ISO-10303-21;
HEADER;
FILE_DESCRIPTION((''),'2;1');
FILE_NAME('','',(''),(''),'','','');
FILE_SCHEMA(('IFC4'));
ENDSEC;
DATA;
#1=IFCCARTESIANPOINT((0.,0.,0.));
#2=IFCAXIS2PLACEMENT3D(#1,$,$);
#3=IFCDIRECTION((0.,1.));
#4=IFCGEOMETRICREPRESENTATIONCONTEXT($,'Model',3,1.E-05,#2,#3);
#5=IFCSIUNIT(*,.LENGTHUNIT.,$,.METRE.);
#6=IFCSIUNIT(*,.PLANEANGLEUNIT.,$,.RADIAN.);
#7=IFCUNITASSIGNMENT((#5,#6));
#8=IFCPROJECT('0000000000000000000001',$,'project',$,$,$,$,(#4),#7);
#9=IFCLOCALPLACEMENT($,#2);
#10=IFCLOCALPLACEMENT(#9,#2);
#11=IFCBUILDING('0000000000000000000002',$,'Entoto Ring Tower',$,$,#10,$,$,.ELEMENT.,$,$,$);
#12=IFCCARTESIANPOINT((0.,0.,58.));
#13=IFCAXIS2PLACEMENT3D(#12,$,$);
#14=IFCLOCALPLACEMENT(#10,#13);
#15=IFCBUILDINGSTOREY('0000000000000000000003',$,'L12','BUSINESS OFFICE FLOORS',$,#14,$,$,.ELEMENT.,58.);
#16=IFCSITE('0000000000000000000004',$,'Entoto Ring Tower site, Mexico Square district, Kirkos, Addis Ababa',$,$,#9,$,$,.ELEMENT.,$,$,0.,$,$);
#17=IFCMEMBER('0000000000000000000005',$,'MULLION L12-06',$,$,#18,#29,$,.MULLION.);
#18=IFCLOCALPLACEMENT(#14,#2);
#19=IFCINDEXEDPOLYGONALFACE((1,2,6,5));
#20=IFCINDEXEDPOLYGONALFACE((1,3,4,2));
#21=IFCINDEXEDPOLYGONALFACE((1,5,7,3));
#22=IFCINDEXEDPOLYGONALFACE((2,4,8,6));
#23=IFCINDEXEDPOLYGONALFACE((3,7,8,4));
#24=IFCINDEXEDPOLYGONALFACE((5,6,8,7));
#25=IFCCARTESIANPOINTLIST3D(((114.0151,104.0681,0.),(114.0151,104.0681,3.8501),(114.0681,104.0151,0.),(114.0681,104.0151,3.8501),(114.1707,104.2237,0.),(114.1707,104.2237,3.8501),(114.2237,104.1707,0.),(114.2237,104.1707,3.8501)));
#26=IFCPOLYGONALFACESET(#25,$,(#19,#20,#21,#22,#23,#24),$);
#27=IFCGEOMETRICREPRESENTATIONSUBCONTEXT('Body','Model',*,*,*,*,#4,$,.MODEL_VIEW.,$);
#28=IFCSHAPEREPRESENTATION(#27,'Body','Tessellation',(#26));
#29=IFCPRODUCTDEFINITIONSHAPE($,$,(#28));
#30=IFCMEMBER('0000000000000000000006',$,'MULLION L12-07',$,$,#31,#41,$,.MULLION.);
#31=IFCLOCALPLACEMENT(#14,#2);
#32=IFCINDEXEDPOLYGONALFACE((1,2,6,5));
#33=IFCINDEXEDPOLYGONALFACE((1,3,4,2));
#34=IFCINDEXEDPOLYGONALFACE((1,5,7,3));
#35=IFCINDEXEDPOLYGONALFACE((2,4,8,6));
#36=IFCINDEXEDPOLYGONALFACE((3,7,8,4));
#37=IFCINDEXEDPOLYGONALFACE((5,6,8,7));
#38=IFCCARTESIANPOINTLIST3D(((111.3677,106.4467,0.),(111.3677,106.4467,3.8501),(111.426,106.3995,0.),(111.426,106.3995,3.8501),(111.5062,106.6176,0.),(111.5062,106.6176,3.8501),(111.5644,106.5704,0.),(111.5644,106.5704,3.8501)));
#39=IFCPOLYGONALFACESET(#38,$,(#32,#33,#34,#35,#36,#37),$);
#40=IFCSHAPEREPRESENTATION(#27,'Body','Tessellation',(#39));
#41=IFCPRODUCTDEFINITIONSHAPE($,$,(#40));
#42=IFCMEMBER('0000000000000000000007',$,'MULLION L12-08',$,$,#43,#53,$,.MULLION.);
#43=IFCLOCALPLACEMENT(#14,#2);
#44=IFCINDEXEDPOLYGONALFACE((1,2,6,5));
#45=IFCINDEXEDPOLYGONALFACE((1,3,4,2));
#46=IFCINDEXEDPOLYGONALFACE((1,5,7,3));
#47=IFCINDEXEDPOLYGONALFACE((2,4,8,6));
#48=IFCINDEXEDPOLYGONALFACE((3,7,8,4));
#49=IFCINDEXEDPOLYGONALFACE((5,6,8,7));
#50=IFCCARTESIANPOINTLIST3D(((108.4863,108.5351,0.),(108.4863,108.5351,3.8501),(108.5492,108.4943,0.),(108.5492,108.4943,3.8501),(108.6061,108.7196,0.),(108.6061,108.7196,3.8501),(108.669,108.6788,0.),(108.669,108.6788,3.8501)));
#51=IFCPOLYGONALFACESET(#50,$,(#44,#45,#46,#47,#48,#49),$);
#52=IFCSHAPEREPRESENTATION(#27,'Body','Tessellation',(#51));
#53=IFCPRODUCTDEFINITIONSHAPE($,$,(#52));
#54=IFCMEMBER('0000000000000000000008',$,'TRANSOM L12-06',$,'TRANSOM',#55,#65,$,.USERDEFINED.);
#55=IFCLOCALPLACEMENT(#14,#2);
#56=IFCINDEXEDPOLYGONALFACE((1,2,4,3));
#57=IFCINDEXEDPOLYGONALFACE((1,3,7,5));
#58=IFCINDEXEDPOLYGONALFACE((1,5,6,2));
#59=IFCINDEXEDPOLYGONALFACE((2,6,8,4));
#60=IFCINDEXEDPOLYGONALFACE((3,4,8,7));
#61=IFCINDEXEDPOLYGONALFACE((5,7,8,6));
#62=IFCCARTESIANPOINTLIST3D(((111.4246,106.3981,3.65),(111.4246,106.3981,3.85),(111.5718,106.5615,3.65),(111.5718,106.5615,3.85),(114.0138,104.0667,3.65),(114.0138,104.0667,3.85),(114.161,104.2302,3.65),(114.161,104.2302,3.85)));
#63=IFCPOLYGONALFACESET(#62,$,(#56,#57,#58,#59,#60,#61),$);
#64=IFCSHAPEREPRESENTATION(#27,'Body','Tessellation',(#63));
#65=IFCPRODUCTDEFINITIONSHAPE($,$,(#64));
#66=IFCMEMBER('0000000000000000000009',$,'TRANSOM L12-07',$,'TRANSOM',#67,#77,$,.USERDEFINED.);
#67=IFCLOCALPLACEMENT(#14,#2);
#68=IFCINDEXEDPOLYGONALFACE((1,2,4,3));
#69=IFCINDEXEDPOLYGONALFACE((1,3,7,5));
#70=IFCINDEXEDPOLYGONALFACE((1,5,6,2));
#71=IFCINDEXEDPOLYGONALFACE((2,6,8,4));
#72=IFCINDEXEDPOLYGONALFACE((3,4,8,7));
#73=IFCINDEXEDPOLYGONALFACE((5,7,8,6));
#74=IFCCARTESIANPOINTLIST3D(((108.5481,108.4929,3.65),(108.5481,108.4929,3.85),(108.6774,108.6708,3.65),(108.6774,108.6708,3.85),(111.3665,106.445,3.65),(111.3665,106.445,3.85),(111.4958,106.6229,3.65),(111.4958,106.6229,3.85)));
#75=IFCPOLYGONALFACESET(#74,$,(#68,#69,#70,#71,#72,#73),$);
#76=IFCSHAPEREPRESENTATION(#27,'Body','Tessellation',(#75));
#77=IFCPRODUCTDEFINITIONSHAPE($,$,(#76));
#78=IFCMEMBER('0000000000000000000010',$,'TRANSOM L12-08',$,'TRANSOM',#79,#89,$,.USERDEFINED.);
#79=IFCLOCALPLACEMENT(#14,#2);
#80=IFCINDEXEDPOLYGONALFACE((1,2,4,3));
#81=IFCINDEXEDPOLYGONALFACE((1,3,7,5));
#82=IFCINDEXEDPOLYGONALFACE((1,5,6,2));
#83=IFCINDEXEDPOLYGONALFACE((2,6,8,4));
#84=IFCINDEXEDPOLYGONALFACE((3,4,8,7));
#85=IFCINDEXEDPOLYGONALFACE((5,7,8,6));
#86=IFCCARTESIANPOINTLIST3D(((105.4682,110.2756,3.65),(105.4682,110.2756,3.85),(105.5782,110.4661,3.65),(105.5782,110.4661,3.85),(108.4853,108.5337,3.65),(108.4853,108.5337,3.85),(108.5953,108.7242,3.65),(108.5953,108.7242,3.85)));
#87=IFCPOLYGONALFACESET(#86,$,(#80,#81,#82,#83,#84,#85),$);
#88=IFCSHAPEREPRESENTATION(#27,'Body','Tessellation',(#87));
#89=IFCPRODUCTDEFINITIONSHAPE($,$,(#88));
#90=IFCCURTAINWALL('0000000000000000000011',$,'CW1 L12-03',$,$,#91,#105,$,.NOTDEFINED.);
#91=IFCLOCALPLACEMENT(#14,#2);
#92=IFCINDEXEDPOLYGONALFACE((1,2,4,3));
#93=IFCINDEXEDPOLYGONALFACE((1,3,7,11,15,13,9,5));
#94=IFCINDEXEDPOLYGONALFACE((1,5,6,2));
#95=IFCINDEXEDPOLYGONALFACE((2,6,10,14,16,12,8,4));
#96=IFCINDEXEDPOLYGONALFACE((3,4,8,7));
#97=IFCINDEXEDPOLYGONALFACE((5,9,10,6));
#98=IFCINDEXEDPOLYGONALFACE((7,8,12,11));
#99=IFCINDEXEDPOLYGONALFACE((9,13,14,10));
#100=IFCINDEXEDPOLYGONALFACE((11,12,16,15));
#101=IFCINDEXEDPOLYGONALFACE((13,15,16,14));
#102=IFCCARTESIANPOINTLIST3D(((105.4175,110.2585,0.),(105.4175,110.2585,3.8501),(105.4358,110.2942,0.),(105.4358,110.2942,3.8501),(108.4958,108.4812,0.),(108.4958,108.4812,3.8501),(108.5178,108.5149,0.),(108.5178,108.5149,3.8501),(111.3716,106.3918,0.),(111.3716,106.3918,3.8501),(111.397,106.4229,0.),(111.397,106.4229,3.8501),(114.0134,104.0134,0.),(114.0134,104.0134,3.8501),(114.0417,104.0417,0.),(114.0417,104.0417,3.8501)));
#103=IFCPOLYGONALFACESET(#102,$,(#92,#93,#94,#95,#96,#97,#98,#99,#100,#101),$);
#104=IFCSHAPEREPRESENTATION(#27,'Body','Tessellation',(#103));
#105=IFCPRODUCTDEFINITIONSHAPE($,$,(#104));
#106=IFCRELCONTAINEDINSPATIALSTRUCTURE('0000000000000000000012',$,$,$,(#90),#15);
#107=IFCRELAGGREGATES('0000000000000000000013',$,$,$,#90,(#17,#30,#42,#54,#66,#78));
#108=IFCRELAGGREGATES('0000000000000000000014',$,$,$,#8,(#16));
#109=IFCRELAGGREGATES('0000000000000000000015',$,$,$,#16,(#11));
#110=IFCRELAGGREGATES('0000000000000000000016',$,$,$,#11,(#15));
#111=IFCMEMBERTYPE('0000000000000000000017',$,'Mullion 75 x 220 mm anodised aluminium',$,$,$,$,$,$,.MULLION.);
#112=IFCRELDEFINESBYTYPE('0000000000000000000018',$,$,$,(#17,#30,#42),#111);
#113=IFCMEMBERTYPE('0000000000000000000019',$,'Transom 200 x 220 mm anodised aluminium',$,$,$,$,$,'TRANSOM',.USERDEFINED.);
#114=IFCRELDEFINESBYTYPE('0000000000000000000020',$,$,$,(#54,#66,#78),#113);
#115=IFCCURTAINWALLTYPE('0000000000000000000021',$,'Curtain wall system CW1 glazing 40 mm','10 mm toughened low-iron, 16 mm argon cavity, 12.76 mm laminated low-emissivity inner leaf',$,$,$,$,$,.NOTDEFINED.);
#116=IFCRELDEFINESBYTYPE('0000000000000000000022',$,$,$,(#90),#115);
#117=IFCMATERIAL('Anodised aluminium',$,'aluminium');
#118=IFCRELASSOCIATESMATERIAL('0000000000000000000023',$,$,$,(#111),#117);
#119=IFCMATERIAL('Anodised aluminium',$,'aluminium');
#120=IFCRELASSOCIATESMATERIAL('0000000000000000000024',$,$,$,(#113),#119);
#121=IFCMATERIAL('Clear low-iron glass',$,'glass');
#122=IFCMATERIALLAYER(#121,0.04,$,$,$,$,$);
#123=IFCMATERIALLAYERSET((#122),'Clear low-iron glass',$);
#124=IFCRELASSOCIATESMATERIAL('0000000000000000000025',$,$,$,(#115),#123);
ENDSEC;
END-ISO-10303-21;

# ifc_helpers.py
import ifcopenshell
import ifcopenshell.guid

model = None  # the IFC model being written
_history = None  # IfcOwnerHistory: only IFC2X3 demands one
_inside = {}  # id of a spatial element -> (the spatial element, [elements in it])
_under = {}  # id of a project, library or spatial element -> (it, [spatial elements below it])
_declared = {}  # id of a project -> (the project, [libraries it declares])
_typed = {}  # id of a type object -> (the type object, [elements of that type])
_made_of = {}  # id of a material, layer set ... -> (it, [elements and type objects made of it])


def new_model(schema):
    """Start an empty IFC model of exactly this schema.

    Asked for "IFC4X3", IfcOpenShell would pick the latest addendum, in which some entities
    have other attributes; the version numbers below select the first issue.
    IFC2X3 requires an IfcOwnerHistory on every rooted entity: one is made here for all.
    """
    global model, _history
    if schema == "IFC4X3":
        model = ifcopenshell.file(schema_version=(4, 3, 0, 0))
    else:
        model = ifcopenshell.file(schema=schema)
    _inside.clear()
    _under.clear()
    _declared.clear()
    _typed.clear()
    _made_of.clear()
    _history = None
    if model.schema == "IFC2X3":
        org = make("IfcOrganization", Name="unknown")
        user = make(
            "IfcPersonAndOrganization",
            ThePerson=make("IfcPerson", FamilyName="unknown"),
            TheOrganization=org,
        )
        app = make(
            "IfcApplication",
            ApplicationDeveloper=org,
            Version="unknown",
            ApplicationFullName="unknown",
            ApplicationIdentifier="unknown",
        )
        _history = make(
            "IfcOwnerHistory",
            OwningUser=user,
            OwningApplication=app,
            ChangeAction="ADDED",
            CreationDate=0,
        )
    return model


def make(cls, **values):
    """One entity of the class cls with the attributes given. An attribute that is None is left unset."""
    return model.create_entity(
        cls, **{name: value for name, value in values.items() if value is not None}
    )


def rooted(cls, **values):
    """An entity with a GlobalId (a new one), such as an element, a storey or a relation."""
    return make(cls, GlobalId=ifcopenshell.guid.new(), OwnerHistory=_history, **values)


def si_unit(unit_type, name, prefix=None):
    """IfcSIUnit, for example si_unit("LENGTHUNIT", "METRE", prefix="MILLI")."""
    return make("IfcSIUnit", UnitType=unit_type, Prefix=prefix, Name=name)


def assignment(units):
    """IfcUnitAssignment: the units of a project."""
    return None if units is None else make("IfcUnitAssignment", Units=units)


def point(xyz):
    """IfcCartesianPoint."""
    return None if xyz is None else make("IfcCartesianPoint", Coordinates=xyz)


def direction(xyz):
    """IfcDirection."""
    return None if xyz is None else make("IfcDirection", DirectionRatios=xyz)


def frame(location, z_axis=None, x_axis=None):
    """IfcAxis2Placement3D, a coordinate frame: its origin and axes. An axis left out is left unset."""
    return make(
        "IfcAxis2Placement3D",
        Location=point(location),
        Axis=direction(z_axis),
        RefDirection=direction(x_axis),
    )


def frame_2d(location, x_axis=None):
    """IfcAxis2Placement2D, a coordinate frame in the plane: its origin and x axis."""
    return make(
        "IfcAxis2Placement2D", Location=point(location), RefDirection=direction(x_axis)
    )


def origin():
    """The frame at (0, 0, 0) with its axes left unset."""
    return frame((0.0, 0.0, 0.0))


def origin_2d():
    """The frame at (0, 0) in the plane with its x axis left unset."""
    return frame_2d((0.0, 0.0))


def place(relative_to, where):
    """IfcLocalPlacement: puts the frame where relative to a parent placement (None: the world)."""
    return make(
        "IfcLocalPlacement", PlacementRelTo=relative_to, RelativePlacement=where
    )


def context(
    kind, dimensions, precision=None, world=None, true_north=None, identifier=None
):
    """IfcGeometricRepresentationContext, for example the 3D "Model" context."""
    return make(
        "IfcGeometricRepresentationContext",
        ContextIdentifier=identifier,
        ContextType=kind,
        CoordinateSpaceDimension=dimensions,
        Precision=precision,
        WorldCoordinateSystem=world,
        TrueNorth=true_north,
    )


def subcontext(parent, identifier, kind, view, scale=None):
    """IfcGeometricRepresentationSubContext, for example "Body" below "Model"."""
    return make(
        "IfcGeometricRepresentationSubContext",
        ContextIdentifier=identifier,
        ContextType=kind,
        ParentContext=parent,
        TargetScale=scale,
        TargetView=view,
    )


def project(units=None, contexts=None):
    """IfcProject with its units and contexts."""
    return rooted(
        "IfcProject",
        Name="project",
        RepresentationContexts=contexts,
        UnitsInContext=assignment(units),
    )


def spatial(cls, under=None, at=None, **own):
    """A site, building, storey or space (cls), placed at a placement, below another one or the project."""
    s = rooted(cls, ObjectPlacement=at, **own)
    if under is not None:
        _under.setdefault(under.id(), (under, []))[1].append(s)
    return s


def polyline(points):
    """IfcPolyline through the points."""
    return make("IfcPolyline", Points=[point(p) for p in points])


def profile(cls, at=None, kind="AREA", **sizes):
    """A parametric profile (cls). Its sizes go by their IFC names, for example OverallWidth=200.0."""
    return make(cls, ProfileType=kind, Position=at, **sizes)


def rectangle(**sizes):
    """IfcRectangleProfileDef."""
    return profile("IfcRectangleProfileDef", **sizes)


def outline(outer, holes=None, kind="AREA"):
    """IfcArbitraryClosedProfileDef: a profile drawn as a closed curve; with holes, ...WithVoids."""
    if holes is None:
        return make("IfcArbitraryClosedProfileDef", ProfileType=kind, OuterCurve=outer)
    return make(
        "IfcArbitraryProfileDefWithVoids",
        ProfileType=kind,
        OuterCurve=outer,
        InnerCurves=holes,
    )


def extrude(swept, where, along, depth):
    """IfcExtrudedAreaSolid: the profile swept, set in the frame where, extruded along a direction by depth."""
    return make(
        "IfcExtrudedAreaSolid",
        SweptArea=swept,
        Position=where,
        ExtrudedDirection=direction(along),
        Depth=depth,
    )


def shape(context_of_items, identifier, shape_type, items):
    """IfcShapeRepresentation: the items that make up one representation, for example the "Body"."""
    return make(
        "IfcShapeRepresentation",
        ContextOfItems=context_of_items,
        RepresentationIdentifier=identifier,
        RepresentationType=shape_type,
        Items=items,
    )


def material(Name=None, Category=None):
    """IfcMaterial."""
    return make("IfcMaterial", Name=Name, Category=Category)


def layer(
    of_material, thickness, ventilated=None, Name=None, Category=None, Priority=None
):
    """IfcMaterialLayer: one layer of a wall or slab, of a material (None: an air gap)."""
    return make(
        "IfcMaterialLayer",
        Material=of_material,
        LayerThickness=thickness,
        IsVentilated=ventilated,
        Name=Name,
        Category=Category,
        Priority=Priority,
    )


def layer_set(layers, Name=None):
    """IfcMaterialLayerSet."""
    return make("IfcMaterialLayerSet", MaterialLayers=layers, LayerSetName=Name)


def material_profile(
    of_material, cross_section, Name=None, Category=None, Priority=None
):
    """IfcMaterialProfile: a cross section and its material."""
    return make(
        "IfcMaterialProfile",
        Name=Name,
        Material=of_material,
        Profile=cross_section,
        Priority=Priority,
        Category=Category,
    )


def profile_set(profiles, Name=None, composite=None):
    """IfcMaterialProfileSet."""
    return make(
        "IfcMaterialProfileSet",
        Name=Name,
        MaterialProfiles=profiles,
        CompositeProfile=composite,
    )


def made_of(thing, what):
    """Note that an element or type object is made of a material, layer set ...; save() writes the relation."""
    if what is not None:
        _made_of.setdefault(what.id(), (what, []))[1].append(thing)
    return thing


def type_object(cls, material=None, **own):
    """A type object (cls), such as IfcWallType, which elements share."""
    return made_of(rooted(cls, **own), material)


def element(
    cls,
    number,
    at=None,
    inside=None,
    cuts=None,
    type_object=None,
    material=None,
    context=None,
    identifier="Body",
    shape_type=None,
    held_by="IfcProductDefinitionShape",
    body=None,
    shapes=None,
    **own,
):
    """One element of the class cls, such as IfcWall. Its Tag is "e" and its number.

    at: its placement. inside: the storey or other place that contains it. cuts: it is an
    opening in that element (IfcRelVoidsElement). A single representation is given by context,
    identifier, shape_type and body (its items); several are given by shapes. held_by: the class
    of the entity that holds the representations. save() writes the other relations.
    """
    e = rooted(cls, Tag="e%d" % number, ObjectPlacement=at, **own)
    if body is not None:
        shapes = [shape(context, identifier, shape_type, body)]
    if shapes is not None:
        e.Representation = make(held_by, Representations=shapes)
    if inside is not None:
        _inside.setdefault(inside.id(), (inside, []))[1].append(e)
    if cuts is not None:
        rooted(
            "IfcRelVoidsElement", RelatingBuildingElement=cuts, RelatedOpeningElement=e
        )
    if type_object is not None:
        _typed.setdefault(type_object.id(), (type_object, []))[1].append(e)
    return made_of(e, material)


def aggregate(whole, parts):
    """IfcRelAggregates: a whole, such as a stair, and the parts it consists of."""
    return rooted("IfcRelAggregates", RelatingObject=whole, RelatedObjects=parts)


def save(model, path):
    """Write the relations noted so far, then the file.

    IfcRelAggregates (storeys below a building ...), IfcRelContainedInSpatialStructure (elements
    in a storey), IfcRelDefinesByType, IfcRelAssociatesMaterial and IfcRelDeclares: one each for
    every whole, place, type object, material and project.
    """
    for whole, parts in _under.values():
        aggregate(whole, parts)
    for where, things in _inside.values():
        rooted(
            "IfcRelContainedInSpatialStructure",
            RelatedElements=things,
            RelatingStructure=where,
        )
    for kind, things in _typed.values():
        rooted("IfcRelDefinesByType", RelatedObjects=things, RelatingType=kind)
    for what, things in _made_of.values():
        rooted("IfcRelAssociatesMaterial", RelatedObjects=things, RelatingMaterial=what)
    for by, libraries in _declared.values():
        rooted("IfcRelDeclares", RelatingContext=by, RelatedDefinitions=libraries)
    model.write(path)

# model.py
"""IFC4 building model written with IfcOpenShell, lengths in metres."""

from ifc_helpers import new_model, si_unit, direction, frame, origin, origin_2d, place, context, subcontext, project, spatial, polyline, rectangle, outline, extrude, material, layer, layer_set, material_profile, profile_set, type_object, element, aggregate, save


model = new_model("IFC4")

# Units and contexts
model_context = context("Model", 3, precision=1e-05, world=origin(), true_north=direction((0.0, 1.0)))
body_context = subcontext(model_context, "Body", "Model", "MODEL_VIEW")
ifc_project = project(units=[si_unit("LENGTHUNIT", "METRE"), si_unit("PLANEANGLEUNIT", "RADIAN")], contexts=[model_context])

# Members
ifc_material_1 = material(Name="Anodised aluminium", Category="aluminium")
ifc_material_profile_1 = material_profile(ifc_material_1, rectangle(XDim=0.075, YDim=0.22, at=origin_2d()), Name="Mullion 75 x 220 mm anodised aluminium")
ifc_profile_set_1 = profile_set([ifc_material_profile_1], Name="Anodised aluminium")
member_type_1 = type_object("IfcMemberType", Name="Mullion 75 x 220 mm anodised aluminium", PredefinedType="MULLION", material=ifc_profile_set_1)
site_placement = place(None, origin())
building_placement = place(site_placement, origin())
storey_placement = place(building_placement, frame((0.0, 0.0, 58.0)))
member_1_placement = place(storey_placement, frame((114.1194, 104.1194, 0.0), z_axis=(0.0, 0.0, 1.0), x_axis=(-0.707107, 0.707107, 0.0)))
member_1 = element("IfcMember", 1, at=member_1_placement, type_object=member_type_1, Name="MULLION L12-06", PredefinedType="MULLION", context=body_context, shape_type="SweptSolid", body=[
    extrude(rectangle(XDim=0.075, YDim=0.22, at=origin_2d()), origin(), (0.0, 0.0, 1.0), 3.8501),
])
member_2_placement = place(storey_placement, frame((111.4661, 106.5085, 0.0), z_axis=(0.0, 0.0, 1.0), x_axis=(-0.777146, 0.62932, 0.0)))
member_2 = element("IfcMember", 2, at=member_2_placement, type_object=member_type_1, Name="MULLION L12-07", PredefinedType="MULLION", context=body_context, shape_type="SweptSolid", body=[
    extrude(rectangle(XDim=0.075, YDim=0.22, at=origin_2d()), origin(), (0.0, 0.0, 1.0), 3.8501),
])
member_3_placement = place(storey_placement, frame((108.5776, 108.6069, 0.0), z_axis=(0.0, 0.0, 1.0), x_axis=(-0.838671, 0.544639, 0.0)))
member_3 = element("IfcMember", 3, at=member_3_placement, type_object=member_type_1, Name="MULLION L12-08", PredefinedType="MULLION", context=body_context, shape_type="SweptSolid", body=[
    extrude(rectangle(XDim=0.075, YDim=0.22, at=origin_2d()), origin(), (0.0, 0.0, 1.0), 3.8501),
])
ifc_material_2 = material(Name="Anodised aluminium", Category="aluminium")
ifc_material_profile_2 = material_profile(ifc_material_2, rectangle(XDim=0.22, YDim=0.2, at=origin_2d()), Name="Transom 200 x 220 mm anodised aluminium")
ifc_profile_set_2 = profile_set([ifc_material_profile_2], Name="Anodised aluminium")
member_type_2 = type_object("IfcMemberType", Name="Transom 200 x 220 mm anodised aluminium", ElementType="TRANSOM", PredefinedType="USERDEFINED", material=ifc_profile_set_2)
member_4_placement = place(storey_placement, frame((114.0874, 104.1484, 3.75), z_axis=(-0.743137, 0.669139, 0.0), x_axis=(-0.669139, -0.743137, 0.0)))
member_4 = element("IfcMember", 4, at=member_4_placement, type_object=member_type_2, Name="TRANSOM L12-06", ObjectType="TRANSOM", PredefinedType="USERDEFINED", context=body_context, shape_type="SweptSolid", body=[
    extrude(rectangle(XDim=0.22, YDim=0.2, at=origin_2d()), origin(), (0.0, 0.0, 1.0), 3.4841),
])
member_5_placement = place(storey_placement, frame((111.4312, 106.5339, 3.75), z_axis=(-0.808991, 0.587822, 0.0), x_axis=(-0.587822, -0.808991, 0.0)))
member_5 = element("IfcMember", 5, at=member_5_placement, type_object=member_type_2, Name="TRANSOM L12-07", ObjectType="TRANSOM", PredefinedType="USERDEFINED", context=body_context, shape_type="SweptSolid", body=[
    extrude(rectangle(XDim=0.22, YDim=0.2, at=origin_2d()), origin(), (0.0, 0.0, 1.0), 3.4839),
])
member_6_placement = place(storey_placement, frame((108.5403, 108.6289, 3.75), z_axis=(-0.866022, 0.500006, 0.0), x_axis=(-0.500006, -0.866022, 0.0)))
member_6 = element("IfcMember", 6, at=member_6_placement, type_object=member_type_2, Name="TRANSOM L12-08", ObjectType="TRANSOM", PredefinedType="USERDEFINED", context=body_context, shape_type="SweptSolid", body=[
    extrude(rectangle(XDim=0.22, YDim=0.2, at=origin_2d()), origin(), (0.0, 0.0, 1.0), 3.4839),
])

# Site, building, storey
site = spatial("IfcSite", under=ifc_project, at=site_placement, Name="Entoto Ring Tower site, Mexico Square district, Kirkos, Addis Ababa", CompositionType="ELEMENT", RefElevation=0.0)
building = spatial("IfcBuilding", under=site, at=building_placement, Name="Entoto Ring Tower", CompositionType="ELEMENT")
storey = spatial("IfcBuildingStorey", under=building, at=storey_placement, Name="L12", Description="BUSINESS OFFICE FLOORS", CompositionType="ELEMENT", Elevation=58.0)

# Curtain wall
ifc_material_3 = material(Name="Clear low-iron glass", Category="glass")
ifc_layer = layer(ifc_material_3, 0.04)
ifc_layer_set = layer_set([ifc_layer], Name="Clear low-iron glass")
curtain_wall_type = type_object("IfcCurtainWallType", Name="Curtain wall system CW1 glazing 40 mm", Description="10 mm toughened low-iron, 16 mm argon cavity, 12.76 mm laminated low-emissivity inner leaf", PredefinedType="NOTDEFINED", material=ifc_layer_set)
curtain_wall_1_placement = place(storey_placement, origin())
curtain_wall_1 = element("IfcCurtainWall", 7, at=curtain_wall_1_placement, inside=storey, type_object=curtain_wall_type, Name="CW1 L12-03", PredefinedType="NOTDEFINED", context=body_context, shape_type="SweptSolid", body=[
    extrude(outline(polyline([(114.0417, 104.0417), (111.397, 106.4229), (108.5178, 108.5149), (105.4358, 110.2942), (105.4175, 110.2585), (108.4958, 108.4812), (111.3716, 106.3918), (114.0134, 104.0134), (114.0417, 104.0417)])), origin(), (0.0, 0.0, 1.0), 3.8501),
])
aggregate(curtain_wall_1, [member_1, member_2, member_3, member_4, member_5, member_6])

save(model, "model.ifc")
